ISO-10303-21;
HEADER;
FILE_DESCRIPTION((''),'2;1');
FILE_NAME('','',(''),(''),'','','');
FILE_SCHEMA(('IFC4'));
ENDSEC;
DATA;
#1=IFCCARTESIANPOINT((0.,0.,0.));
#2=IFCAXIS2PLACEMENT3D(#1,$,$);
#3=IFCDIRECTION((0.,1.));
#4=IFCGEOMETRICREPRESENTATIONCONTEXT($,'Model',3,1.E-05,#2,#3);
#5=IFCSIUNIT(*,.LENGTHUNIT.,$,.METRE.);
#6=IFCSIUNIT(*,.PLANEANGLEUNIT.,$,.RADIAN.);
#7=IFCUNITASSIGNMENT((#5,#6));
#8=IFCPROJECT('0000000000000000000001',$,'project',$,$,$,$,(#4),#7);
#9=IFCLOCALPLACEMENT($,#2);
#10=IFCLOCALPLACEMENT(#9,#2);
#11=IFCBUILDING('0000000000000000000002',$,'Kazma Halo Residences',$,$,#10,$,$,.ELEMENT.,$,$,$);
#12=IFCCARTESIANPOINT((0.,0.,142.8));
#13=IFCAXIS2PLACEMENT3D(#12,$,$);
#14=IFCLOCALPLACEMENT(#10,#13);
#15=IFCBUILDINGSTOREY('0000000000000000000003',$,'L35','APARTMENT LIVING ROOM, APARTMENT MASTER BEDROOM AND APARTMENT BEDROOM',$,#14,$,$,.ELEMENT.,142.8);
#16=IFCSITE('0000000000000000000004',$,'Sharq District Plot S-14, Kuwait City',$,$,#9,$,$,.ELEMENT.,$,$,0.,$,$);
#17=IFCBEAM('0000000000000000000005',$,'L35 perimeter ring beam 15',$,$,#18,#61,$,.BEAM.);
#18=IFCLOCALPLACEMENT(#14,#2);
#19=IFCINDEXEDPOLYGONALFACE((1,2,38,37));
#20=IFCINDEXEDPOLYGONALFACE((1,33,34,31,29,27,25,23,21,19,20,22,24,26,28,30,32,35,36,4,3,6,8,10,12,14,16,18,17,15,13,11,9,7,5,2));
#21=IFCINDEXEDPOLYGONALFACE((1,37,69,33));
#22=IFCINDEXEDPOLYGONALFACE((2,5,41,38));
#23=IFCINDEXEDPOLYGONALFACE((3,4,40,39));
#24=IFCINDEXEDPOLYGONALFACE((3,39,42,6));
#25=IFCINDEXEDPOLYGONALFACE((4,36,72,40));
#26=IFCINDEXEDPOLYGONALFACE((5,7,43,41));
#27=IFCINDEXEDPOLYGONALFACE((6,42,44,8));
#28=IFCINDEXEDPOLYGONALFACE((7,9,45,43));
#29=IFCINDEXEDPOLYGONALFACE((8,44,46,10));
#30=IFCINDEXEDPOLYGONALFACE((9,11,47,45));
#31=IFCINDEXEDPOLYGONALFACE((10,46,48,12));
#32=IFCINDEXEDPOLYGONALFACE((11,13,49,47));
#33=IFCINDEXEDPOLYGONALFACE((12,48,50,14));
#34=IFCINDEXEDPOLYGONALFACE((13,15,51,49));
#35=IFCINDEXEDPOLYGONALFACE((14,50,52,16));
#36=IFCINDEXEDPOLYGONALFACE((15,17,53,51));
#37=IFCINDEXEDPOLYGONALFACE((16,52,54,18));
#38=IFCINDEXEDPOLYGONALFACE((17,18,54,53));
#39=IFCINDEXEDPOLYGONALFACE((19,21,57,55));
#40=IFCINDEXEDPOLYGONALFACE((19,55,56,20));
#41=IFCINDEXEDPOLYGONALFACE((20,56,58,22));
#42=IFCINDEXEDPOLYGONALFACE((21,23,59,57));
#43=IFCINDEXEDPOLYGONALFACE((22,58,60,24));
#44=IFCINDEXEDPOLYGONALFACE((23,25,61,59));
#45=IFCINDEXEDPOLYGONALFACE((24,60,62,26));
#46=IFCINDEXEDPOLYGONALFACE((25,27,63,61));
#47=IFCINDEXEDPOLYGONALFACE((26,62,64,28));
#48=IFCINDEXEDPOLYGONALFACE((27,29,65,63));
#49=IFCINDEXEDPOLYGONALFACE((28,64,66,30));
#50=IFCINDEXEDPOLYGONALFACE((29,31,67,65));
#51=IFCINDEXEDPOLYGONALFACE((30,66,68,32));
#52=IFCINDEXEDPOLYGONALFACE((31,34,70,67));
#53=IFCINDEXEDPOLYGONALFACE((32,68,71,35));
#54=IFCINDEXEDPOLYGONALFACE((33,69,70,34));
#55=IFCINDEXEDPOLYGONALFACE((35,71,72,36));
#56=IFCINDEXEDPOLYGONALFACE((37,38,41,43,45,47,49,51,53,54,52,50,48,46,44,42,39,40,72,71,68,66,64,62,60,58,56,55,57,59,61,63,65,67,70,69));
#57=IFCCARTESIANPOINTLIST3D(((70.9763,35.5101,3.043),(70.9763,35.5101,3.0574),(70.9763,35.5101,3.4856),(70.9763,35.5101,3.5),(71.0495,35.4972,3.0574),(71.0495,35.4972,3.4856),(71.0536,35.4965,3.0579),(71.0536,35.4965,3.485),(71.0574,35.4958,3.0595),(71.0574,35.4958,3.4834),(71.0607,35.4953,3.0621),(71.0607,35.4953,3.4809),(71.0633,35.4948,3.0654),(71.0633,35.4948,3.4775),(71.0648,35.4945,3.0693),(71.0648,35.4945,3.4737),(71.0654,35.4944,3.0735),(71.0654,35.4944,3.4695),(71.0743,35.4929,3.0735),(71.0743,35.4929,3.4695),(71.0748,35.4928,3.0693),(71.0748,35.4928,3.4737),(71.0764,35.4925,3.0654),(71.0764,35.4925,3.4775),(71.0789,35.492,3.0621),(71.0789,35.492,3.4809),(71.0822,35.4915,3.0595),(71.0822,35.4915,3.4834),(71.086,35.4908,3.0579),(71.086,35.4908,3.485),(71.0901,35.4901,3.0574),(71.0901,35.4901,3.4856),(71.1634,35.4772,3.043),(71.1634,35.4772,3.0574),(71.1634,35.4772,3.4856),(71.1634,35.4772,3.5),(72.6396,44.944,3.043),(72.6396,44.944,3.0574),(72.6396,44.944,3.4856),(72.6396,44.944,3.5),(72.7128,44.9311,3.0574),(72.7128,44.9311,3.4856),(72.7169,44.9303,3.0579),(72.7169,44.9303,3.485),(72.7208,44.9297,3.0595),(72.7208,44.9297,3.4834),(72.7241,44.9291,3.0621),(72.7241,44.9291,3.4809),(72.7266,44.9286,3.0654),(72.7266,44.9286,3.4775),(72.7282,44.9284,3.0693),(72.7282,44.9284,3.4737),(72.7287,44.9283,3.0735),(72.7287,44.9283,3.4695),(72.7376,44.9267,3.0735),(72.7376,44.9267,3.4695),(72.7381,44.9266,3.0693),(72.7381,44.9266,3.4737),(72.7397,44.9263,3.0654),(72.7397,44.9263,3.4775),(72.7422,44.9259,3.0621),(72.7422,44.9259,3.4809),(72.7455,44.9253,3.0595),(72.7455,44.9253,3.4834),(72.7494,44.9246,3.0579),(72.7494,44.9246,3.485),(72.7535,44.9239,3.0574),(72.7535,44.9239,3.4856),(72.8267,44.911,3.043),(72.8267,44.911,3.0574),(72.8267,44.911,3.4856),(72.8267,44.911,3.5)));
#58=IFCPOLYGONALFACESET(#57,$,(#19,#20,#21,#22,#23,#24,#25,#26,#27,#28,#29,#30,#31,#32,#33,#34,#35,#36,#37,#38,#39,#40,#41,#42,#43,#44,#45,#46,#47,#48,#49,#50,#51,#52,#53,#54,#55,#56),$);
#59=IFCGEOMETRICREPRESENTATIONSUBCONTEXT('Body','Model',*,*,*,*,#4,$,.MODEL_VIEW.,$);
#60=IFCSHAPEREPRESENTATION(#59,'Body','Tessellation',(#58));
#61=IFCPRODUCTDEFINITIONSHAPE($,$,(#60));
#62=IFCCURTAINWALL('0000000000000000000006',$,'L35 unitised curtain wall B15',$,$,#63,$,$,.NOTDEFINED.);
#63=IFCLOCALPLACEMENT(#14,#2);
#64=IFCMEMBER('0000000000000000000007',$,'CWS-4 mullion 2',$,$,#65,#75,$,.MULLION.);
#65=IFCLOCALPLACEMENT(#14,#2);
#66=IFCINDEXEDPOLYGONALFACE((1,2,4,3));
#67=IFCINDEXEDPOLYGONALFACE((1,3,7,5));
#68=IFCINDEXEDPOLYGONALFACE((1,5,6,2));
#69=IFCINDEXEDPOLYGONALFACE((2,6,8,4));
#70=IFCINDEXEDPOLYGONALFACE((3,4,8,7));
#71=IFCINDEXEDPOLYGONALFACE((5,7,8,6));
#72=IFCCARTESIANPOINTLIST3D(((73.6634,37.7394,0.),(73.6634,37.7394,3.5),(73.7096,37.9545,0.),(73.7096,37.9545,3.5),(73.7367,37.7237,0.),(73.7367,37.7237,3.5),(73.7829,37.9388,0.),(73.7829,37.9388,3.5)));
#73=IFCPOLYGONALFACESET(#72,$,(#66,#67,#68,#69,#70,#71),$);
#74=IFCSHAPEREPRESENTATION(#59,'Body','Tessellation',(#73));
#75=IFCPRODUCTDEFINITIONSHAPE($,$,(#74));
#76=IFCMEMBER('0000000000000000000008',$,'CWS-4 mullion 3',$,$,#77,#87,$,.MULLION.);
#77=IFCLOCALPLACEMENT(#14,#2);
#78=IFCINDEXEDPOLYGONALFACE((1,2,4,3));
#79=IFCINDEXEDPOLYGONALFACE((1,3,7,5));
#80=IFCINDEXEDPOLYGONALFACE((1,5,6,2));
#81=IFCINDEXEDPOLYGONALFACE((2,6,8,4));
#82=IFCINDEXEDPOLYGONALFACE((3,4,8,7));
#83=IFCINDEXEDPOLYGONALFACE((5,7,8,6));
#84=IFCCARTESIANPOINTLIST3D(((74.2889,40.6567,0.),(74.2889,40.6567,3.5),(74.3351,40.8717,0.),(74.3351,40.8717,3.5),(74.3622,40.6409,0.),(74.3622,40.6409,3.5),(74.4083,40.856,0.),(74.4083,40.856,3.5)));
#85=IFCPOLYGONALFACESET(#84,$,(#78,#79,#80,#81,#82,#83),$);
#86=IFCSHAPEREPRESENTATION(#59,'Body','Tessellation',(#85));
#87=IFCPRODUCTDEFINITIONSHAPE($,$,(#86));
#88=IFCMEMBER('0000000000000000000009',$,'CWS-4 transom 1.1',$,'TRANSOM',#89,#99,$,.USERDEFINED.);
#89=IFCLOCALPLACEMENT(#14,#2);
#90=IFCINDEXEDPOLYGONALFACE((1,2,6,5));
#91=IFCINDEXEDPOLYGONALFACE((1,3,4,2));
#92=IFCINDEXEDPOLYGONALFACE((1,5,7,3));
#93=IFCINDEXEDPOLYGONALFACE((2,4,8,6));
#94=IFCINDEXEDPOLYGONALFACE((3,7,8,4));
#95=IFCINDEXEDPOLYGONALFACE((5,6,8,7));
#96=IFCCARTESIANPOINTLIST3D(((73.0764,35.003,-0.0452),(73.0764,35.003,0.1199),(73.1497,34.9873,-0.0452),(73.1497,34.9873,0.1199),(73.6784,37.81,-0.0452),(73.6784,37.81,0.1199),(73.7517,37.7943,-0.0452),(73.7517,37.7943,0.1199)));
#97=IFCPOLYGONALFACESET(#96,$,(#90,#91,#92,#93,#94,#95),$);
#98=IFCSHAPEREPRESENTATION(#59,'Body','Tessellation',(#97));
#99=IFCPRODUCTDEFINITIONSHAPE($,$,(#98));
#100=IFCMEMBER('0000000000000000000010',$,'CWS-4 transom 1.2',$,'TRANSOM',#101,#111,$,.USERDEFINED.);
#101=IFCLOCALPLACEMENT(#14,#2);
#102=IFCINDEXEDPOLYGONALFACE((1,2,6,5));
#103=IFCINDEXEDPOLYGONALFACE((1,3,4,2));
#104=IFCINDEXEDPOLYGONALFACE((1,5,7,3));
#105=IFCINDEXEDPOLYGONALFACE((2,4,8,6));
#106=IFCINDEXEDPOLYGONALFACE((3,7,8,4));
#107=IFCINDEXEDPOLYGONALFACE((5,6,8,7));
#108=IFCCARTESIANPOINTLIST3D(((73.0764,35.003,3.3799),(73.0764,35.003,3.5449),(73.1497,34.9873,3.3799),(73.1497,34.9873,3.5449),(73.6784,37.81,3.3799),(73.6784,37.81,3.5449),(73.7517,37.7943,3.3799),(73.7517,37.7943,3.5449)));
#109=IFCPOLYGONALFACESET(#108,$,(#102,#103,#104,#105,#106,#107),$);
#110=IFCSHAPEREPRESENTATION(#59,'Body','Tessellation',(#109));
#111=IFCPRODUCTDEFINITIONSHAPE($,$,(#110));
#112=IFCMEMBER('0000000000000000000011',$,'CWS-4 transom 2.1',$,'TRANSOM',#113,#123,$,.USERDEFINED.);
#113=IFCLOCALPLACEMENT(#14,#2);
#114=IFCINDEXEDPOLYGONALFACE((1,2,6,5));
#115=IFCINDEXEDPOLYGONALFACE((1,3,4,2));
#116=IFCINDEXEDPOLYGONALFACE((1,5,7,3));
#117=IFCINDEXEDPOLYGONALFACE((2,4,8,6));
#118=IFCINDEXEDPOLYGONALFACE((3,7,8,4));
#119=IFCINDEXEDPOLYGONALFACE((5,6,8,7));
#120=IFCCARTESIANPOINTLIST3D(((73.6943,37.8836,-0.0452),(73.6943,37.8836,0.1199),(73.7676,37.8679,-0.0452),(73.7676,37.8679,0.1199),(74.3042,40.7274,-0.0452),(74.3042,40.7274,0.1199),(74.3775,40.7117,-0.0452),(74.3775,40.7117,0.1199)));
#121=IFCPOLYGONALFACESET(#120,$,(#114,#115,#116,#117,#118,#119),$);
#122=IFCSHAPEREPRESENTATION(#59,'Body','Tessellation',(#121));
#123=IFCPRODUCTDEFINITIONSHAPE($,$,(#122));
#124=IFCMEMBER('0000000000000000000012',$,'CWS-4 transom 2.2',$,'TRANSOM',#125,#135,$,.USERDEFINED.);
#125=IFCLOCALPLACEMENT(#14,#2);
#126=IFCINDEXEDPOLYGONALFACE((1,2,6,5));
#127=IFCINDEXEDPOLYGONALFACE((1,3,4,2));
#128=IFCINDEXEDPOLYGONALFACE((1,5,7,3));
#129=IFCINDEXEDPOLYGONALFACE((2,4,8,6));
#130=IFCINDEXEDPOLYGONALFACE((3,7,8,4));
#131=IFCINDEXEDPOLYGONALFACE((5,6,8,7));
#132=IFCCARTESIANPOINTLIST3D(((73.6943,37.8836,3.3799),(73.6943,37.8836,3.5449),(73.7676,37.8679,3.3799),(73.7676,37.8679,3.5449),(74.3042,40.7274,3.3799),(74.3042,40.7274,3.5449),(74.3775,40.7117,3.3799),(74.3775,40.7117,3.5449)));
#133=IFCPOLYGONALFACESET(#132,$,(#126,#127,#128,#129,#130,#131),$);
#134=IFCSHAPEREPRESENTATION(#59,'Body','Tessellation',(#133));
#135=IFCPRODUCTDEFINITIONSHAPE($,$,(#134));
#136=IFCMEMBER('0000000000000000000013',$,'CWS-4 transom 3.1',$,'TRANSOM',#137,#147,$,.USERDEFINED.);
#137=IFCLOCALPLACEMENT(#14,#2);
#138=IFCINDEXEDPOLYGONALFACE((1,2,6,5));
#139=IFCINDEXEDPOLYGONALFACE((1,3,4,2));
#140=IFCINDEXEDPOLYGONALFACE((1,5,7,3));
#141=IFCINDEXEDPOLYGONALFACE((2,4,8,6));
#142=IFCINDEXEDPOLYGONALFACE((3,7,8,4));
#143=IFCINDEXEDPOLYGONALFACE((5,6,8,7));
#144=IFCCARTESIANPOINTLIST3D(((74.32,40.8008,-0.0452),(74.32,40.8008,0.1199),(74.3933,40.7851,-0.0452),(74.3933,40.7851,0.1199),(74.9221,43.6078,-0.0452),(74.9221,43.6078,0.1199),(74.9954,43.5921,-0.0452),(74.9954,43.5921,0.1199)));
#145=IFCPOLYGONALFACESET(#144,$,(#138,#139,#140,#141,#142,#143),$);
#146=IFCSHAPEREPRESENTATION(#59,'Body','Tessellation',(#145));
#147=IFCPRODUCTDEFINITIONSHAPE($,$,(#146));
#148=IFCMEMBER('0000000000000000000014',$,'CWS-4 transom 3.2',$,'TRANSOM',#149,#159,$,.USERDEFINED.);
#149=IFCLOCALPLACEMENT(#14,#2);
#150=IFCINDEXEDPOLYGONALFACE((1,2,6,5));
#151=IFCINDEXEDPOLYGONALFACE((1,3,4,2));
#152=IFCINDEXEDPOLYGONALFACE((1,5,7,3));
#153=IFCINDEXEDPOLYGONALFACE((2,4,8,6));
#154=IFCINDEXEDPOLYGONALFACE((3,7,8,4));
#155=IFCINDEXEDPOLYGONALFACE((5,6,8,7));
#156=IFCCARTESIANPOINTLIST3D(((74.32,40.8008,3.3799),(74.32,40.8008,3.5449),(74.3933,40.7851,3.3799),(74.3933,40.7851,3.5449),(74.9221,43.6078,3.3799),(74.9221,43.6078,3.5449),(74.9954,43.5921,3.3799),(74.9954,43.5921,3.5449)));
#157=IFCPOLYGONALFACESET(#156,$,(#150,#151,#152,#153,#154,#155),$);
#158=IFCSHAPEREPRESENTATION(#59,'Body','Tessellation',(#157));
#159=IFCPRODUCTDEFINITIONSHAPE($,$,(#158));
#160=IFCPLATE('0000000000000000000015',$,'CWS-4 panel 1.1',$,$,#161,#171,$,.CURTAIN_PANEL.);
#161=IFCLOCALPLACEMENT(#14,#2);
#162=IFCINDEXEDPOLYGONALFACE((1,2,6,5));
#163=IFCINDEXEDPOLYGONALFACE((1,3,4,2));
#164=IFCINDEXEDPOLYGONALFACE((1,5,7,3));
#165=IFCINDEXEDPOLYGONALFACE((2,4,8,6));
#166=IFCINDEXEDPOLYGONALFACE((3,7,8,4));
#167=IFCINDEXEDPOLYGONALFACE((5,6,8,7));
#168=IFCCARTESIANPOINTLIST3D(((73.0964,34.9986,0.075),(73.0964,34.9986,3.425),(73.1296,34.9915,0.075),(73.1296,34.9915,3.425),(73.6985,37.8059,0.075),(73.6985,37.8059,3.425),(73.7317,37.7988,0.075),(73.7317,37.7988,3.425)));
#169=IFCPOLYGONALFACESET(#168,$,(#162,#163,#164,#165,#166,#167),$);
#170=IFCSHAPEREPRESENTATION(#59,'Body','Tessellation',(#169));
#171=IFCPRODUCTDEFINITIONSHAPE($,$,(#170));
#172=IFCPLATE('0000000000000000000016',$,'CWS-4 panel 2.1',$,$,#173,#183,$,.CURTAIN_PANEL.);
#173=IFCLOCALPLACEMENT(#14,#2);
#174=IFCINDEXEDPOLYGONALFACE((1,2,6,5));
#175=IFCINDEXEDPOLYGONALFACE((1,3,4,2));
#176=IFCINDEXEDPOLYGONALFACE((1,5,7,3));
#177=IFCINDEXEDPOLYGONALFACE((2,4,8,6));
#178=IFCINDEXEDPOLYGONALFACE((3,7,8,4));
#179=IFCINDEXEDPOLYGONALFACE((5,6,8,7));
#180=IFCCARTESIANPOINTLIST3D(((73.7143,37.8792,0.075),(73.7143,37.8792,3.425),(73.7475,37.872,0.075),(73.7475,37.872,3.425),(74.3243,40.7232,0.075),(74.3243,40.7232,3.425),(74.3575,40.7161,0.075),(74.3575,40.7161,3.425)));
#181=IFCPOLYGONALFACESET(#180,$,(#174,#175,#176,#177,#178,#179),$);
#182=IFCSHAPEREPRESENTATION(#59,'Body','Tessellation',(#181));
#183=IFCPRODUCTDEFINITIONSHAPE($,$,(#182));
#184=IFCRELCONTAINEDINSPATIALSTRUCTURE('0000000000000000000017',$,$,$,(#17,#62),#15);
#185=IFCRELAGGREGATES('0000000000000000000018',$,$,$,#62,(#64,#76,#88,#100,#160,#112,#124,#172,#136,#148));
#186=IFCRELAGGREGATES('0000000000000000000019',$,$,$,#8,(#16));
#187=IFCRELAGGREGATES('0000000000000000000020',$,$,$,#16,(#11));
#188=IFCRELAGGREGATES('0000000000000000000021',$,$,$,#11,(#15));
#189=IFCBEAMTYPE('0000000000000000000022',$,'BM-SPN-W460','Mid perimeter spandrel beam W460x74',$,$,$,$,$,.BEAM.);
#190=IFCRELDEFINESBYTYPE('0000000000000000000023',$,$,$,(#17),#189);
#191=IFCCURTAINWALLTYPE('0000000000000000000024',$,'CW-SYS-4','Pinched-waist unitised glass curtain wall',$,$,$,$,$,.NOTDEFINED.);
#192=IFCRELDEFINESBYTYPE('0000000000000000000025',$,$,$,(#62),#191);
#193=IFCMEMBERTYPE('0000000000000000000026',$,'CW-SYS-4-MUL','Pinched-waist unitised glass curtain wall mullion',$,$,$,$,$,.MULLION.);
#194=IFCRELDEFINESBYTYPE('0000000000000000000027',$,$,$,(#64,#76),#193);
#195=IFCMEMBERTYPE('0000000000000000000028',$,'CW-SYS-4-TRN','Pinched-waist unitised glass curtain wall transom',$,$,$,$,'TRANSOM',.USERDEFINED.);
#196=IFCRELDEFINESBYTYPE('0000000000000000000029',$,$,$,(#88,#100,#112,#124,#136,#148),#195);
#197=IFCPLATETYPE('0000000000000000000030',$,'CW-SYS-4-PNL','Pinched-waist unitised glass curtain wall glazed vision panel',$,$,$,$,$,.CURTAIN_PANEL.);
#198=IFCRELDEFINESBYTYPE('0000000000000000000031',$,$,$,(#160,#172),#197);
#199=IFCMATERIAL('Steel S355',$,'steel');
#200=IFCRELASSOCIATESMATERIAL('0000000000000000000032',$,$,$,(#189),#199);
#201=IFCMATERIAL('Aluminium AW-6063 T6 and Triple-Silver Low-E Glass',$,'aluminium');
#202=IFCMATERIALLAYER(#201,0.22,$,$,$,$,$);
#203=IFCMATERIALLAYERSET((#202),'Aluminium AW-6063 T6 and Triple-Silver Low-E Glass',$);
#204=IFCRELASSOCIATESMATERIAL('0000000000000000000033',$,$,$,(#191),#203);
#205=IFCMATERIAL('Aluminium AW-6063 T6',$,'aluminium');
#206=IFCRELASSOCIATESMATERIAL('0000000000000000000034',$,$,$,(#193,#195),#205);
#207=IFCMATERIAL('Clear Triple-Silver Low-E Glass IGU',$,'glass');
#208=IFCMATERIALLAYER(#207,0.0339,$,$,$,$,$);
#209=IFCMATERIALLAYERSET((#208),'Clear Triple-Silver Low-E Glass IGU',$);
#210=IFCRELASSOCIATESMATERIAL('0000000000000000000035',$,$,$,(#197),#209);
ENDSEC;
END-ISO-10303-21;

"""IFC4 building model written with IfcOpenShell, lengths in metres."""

from ifc_helpers import new_model, si_unit, direction, frame, origin, origin_2d, place, context, subcontext, project, spatial, rectangle, i_section, extrude, material, layer, layer_set, material_profile, profile_set, type_object, element, aggregate, save


model = new_model("IFC4")

# Units and contexts
model_context = context("Model", 3, precision=1e-05, world=origin(), true_north=direction((0.0, 1.0)))
body_context = subcontext(model_context, "Body", "Model", "MODEL_VIEW")
ifc_project = project(units=[si_unit("LENGTHUNIT", "METRE"), si_unit("PLANEANGLEUNIT", "RADIAN")], contexts=[model_context])

# Site, building, storey
site_placement = place(None, origin())
site = spatial("IfcSite", under=ifc_project, at=site_placement, Name="Sharq District Plot S-14, Kuwait City", CompositionType="ELEMENT", RefElevation=0.0)
building_placement = place(site_placement, origin())
building = spatial("IfcBuilding", under=site, at=building_placement, Name="Kazma Halo Residences", CompositionType="ELEMENT")
storey_placement = place(building_placement, frame((0.0, 0.0, 142.8)))
storey = spatial("IfcBuildingStorey", under=building, at=storey_placement, Name="L35", Description="APARTMENT LIVING ROOM, APARTMENT MASTER BEDROOM AND APARTMENT BEDROOM", CompositionType="ELEMENT", Elevation=142.8)

# Beam
ifc_material_1 = material(Name="Steel S355", Category="steel")
ifc_material_profile_1 = material_profile(ifc_material_1, i_section(OverallWidth=0.1899, OverallDepth=0.457, WebThickness=0.009, FlangeThickness=0.0144, FilletRadius=0.0161, at=origin_2d()), Name="W460x74")
ifc_profile_set_1 = profile_set([ifc_material_profile_1], Name="Steel S355")
beam_type_1 = type_object("IfcBeamType", Name="BM-SPN-W460", Description="Mid perimeter spandrel beam W460x74", PredefinedType="BEAM", material=ifc_profile_set_1)
beam_1_placement = place(storey_placement, frame((71.0698, 35.4937, 3.2715), z_axis=(0.173637, 0.98481, 0.0), x_axis=(-0.98481, 0.173637, 0.0)))
element("IfcBeam", 1, at=beam_1_placement, inside=storey, type_object=beam_type_1, Name="L35 perimeter ring beam 15", PredefinedType="BEAM", context=body_context, shape_type="SweptSolid", body=[
    extrude(i_section(OverallWidth=0.1899, OverallDepth=0.457, WebThickness=0.009, FlangeThickness=0.0144, FilletRadius=0.0161, at=origin_2d()), origin(), (0.0, 0.0, 1.0), 9.5793),
])

# Curtain wall, members, plates
ifc_material_2 = material(Name="Aluminium AW-6063 T6 and Triple-Silver Low-E Glass", Category="aluminium")
ifc_layer_1 = layer(ifc_material_2, 0.22)
ifc_layer_set_1 = layer_set([ifc_layer_1], Name="Aluminium AW-6063 T6 and Triple-Silver Low-E Glass")
curtain_wall_type = type_object("IfcCurtainWallType", Name="CW-SYS-4", Description="Pinched-waist unitised glass curtain wall", PredefinedType="NOTDEFINED", material=ifc_layer_set_1)
curtain_wall_placement = place(storey_placement, origin())
curtain_wall = element("IfcCurtainWall", 2, at=curtain_wall_placement, inside=storey, type_object=curtain_wall_type, Name="L35 unitised curtain wall B15", PredefinedType="NOTDEFINED")
ifc_material_3 = material(Name="Aluminium AW-6063 T6", Category="aluminium")
ifc_material_profile_2 = material_profile(ifc_material_3, rectangle(XDim=0.075, YDim=0.22, at=origin_2d()), Name="CWM-75x220")
ifc_profile_set_2 = profile_set([ifc_material_profile_2], Name="Aluminium AW-6063 T6")
member_type_1 = type_object("IfcMemberType", Name="CW-SYS-4-MUL", Description="Pinched-waist unitised glass curtain wall mullion", PredefinedType="MULLION", material=ifc_profile_set_2)
member_1_placement = place(storey_placement, frame((73.7231, 37.8391, 0.0), z_axis=(0.0, 0.0, 1.0), x_axis=(-0.977765, 0.209704, 0.0)))
member_1 = element("IfcMember", 3, at=member_1_placement, type_object=member_type_1, Name="CWS-4 mullion 2", PredefinedType="MULLION", context=body_context, shape_type="SweptSolid", body=[
    extrude(rectangle(XDim=0.075, YDim=0.22, at=origin_2d()), origin(), (0.0, 0.0, 1.0), 3.5),
])
member_2_placement = place(storey_placement, frame((74.3486, 40.7563, 0.0), z_axis=(0.0, 0.0, 1.0), x_axis=(-0.977765, 0.209704, 0.0)))
member_2 = element("IfcMember", 4, at=member_2_placement, type_object=member_type_1, Name="CWS-4 mullion 3", PredefinedType="MULLION", context=body_context, shape_type="SweptSolid", body=[
    extrude(rectangle(XDim=0.075, YDim=0.22, at=origin_2d()), origin(), (0.0, 0.0, 1.0), 3.5),
])
ifc_material_profile_3 = material_profile(ifc_material_3, rectangle(XDim=0.075, YDim=0.165, at=origin_2d()), Name="CWT-75x165")
ifc_profile_set_3 = profile_set([ifc_material_profile_3], Name="Aluminium AW-6063 T6")
member_type_2 = type_object("IfcMemberType", Name="CW-SYS-4-TRN", Description="Pinched-waist unitised glass curtain wall transom", ElementType="TRANSOM", PredefinedType="USERDEFINED", material=ifc_profile_set_3)
member_3_placement = place(storey_placement, frame((73.113, 34.9951, 0.0374), z_axis=(0.209703, 0.977765, 0.0), x_axis=(-0.977765, 0.209703, 0.0)))
member_3 = element("IfcMember", 5, at=member_3_placement, type_object=member_type_2, Name="CWS-4 transom 1.1", ObjectType="TRANSOM", PredefinedType="USERDEFINED", context=body_context, shape_type="SweptSolid", body=[
    extrude(rectangle(XDim=0.075, YDim=0.165, at=origin_2d()), origin(), (0.0, 0.0, 1.0), 2.8708),
])
member_4_placement = place(storey_placement, frame((73.113, 34.9951, 3.4624), z_axis=(0.209703, 0.977765, 0.0), x_axis=(-0.977765, 0.209703, 0.0)))
member_4 = element("IfcMember", 6, at=member_4_placement, type_object=member_type_2, Name="CWS-4 transom 1.2", ObjectType="TRANSOM", PredefinedType="USERDEFINED", context=body_context, shape_type="SweptSolid", body=[
    extrude(rectangle(XDim=0.075, YDim=0.165, at=origin_2d()), origin(), (0.0, 0.0, 1.0), 2.8708),
])
member_5_placement = place(storey_placement, frame((73.731, 37.8757, 0.0374), z_axis=(0.20969, 0.977768, 0.0), x_axis=(-0.977768, 0.20969, 0.0)))
member_5 = element("IfcMember", 7, at=member_5_placement, type_object=member_type_2, Name="CWS-4 transom 2.1", ObjectType="TRANSOM", PredefinedType="USERDEFINED", context=body_context, shape_type="SweptSolid", body=[
    extrude(rectangle(XDim=0.075, YDim=0.165, at=origin_2d()), origin(), (0.0, 0.0, 1.0), 2.9084),
])
member_6_placement = place(storey_placement, frame((73.731, 37.8757, 3.4624), z_axis=(0.20969, 0.977768, 0.0), x_axis=(-0.977768, 0.20969, 0.0)))
member_6 = element("IfcMember", 8, at=member_6_placement, type_object=member_type_2, Name="CWS-4 transom 2.2", ObjectType="TRANSOM", PredefinedType="USERDEFINED", context=body_context, shape_type="SweptSolid", body=[
    extrude(rectangle(XDim=0.075, YDim=0.165, at=origin_2d()), origin(), (0.0, 0.0, 1.0), 2.9084),
])
member_7_placement = place(storey_placement, frame((74.3567, 40.793, 0.0374), z_axis=(0.209703, 0.977765, 0.0), x_axis=(-0.977765, 0.209703, 0.0)))
member_7 = element("IfcMember", 9, at=member_7_placement, type_object=member_type_2, Name="CWS-4 transom 3.1", ObjectType="TRANSOM", PredefinedType="USERDEFINED", context=body_context, shape_type="SweptSolid", body=[
    extrude(rectangle(XDim=0.075, YDim=0.165, at=origin_2d()), origin(), (0.0, 0.0, 1.0), 2.8708),
])
member_8_placement = place(storey_placement, frame((74.3567, 40.793, 3.4624), z_axis=(0.209703, 0.977765, 0.0), x_axis=(-0.977765, 0.209703, 0.0)))
member_8 = element("IfcMember", 10, at=member_8_placement, type_object=member_type_2, Name="CWS-4 transom 3.2", ObjectType="TRANSOM", PredefinedType="USERDEFINED", context=body_context, shape_type="SweptSolid", body=[
    extrude(rectangle(XDim=0.075, YDim=0.165, at=origin_2d()), origin(), (0.0, 0.0, 1.0), 2.8708),
])
ifc_material_4 = material(Name="Clear Triple-Silver Low-E Glass IGU", Category="glass")
ifc_layer_2 = layer(ifc_material_4, 0.0339)
ifc_layer_set_2 = layer_set([ifc_layer_2], Name="Clear Triple-Silver Low-E Glass IGU")
plate_type = type_object("IfcPlateType", Name="CW-SYS-4-PNL", Description="Pinched-waist unitised glass curtain wall glazed vision panel", PredefinedType="CURTAIN_PANEL", material=ifc_layer_set_2)
plate_1_placement = place(storey_placement, frame((73.4141, 36.3987, 0.075), z_axis=(0.0, 0.0, 1.0), x_axis=(0.209704, 0.977765, 0.0)))
plate_1 = element("IfcPlate", 11, at=plate_1_placement, type_object=plate_type, Name="CWS-4 panel 1.1", PredefinedType="CURTAIN_PANEL", context=body_context, shape_type="SweptSolid", body=[
    extrude(rectangle(XDim=2.8711, YDim=0.0339, at=origin_2d()), origin(), (0.0, 0.0, 1.0), 3.3501),
])
plate_2_placement = place(storey_placement, frame((74.0359, 39.2976, 0.075), z_axis=(0.0, 0.0, 1.0), x_axis=(0.209704, 0.977765, 0.0)))
plate_2 = element("IfcPlate", 12, at=plate_2_placement, type_object=plate_type, Name="CWS-4 panel 2.1", PredefinedType="CURTAIN_PANEL", context=body_context, shape_type="SweptSolid", body=[
    extrude(rectangle(XDim=2.9087, YDim=0.0339, at=origin_2d()), origin(), (0.0, 0.0, 1.0), 3.3501),
])
aggregate(curtain_wall, [member_1, member_2, member_3, member_4, plate_1, member_5, member_6, plate_2, member_7, member_8])

save(model, "model.ifc")
